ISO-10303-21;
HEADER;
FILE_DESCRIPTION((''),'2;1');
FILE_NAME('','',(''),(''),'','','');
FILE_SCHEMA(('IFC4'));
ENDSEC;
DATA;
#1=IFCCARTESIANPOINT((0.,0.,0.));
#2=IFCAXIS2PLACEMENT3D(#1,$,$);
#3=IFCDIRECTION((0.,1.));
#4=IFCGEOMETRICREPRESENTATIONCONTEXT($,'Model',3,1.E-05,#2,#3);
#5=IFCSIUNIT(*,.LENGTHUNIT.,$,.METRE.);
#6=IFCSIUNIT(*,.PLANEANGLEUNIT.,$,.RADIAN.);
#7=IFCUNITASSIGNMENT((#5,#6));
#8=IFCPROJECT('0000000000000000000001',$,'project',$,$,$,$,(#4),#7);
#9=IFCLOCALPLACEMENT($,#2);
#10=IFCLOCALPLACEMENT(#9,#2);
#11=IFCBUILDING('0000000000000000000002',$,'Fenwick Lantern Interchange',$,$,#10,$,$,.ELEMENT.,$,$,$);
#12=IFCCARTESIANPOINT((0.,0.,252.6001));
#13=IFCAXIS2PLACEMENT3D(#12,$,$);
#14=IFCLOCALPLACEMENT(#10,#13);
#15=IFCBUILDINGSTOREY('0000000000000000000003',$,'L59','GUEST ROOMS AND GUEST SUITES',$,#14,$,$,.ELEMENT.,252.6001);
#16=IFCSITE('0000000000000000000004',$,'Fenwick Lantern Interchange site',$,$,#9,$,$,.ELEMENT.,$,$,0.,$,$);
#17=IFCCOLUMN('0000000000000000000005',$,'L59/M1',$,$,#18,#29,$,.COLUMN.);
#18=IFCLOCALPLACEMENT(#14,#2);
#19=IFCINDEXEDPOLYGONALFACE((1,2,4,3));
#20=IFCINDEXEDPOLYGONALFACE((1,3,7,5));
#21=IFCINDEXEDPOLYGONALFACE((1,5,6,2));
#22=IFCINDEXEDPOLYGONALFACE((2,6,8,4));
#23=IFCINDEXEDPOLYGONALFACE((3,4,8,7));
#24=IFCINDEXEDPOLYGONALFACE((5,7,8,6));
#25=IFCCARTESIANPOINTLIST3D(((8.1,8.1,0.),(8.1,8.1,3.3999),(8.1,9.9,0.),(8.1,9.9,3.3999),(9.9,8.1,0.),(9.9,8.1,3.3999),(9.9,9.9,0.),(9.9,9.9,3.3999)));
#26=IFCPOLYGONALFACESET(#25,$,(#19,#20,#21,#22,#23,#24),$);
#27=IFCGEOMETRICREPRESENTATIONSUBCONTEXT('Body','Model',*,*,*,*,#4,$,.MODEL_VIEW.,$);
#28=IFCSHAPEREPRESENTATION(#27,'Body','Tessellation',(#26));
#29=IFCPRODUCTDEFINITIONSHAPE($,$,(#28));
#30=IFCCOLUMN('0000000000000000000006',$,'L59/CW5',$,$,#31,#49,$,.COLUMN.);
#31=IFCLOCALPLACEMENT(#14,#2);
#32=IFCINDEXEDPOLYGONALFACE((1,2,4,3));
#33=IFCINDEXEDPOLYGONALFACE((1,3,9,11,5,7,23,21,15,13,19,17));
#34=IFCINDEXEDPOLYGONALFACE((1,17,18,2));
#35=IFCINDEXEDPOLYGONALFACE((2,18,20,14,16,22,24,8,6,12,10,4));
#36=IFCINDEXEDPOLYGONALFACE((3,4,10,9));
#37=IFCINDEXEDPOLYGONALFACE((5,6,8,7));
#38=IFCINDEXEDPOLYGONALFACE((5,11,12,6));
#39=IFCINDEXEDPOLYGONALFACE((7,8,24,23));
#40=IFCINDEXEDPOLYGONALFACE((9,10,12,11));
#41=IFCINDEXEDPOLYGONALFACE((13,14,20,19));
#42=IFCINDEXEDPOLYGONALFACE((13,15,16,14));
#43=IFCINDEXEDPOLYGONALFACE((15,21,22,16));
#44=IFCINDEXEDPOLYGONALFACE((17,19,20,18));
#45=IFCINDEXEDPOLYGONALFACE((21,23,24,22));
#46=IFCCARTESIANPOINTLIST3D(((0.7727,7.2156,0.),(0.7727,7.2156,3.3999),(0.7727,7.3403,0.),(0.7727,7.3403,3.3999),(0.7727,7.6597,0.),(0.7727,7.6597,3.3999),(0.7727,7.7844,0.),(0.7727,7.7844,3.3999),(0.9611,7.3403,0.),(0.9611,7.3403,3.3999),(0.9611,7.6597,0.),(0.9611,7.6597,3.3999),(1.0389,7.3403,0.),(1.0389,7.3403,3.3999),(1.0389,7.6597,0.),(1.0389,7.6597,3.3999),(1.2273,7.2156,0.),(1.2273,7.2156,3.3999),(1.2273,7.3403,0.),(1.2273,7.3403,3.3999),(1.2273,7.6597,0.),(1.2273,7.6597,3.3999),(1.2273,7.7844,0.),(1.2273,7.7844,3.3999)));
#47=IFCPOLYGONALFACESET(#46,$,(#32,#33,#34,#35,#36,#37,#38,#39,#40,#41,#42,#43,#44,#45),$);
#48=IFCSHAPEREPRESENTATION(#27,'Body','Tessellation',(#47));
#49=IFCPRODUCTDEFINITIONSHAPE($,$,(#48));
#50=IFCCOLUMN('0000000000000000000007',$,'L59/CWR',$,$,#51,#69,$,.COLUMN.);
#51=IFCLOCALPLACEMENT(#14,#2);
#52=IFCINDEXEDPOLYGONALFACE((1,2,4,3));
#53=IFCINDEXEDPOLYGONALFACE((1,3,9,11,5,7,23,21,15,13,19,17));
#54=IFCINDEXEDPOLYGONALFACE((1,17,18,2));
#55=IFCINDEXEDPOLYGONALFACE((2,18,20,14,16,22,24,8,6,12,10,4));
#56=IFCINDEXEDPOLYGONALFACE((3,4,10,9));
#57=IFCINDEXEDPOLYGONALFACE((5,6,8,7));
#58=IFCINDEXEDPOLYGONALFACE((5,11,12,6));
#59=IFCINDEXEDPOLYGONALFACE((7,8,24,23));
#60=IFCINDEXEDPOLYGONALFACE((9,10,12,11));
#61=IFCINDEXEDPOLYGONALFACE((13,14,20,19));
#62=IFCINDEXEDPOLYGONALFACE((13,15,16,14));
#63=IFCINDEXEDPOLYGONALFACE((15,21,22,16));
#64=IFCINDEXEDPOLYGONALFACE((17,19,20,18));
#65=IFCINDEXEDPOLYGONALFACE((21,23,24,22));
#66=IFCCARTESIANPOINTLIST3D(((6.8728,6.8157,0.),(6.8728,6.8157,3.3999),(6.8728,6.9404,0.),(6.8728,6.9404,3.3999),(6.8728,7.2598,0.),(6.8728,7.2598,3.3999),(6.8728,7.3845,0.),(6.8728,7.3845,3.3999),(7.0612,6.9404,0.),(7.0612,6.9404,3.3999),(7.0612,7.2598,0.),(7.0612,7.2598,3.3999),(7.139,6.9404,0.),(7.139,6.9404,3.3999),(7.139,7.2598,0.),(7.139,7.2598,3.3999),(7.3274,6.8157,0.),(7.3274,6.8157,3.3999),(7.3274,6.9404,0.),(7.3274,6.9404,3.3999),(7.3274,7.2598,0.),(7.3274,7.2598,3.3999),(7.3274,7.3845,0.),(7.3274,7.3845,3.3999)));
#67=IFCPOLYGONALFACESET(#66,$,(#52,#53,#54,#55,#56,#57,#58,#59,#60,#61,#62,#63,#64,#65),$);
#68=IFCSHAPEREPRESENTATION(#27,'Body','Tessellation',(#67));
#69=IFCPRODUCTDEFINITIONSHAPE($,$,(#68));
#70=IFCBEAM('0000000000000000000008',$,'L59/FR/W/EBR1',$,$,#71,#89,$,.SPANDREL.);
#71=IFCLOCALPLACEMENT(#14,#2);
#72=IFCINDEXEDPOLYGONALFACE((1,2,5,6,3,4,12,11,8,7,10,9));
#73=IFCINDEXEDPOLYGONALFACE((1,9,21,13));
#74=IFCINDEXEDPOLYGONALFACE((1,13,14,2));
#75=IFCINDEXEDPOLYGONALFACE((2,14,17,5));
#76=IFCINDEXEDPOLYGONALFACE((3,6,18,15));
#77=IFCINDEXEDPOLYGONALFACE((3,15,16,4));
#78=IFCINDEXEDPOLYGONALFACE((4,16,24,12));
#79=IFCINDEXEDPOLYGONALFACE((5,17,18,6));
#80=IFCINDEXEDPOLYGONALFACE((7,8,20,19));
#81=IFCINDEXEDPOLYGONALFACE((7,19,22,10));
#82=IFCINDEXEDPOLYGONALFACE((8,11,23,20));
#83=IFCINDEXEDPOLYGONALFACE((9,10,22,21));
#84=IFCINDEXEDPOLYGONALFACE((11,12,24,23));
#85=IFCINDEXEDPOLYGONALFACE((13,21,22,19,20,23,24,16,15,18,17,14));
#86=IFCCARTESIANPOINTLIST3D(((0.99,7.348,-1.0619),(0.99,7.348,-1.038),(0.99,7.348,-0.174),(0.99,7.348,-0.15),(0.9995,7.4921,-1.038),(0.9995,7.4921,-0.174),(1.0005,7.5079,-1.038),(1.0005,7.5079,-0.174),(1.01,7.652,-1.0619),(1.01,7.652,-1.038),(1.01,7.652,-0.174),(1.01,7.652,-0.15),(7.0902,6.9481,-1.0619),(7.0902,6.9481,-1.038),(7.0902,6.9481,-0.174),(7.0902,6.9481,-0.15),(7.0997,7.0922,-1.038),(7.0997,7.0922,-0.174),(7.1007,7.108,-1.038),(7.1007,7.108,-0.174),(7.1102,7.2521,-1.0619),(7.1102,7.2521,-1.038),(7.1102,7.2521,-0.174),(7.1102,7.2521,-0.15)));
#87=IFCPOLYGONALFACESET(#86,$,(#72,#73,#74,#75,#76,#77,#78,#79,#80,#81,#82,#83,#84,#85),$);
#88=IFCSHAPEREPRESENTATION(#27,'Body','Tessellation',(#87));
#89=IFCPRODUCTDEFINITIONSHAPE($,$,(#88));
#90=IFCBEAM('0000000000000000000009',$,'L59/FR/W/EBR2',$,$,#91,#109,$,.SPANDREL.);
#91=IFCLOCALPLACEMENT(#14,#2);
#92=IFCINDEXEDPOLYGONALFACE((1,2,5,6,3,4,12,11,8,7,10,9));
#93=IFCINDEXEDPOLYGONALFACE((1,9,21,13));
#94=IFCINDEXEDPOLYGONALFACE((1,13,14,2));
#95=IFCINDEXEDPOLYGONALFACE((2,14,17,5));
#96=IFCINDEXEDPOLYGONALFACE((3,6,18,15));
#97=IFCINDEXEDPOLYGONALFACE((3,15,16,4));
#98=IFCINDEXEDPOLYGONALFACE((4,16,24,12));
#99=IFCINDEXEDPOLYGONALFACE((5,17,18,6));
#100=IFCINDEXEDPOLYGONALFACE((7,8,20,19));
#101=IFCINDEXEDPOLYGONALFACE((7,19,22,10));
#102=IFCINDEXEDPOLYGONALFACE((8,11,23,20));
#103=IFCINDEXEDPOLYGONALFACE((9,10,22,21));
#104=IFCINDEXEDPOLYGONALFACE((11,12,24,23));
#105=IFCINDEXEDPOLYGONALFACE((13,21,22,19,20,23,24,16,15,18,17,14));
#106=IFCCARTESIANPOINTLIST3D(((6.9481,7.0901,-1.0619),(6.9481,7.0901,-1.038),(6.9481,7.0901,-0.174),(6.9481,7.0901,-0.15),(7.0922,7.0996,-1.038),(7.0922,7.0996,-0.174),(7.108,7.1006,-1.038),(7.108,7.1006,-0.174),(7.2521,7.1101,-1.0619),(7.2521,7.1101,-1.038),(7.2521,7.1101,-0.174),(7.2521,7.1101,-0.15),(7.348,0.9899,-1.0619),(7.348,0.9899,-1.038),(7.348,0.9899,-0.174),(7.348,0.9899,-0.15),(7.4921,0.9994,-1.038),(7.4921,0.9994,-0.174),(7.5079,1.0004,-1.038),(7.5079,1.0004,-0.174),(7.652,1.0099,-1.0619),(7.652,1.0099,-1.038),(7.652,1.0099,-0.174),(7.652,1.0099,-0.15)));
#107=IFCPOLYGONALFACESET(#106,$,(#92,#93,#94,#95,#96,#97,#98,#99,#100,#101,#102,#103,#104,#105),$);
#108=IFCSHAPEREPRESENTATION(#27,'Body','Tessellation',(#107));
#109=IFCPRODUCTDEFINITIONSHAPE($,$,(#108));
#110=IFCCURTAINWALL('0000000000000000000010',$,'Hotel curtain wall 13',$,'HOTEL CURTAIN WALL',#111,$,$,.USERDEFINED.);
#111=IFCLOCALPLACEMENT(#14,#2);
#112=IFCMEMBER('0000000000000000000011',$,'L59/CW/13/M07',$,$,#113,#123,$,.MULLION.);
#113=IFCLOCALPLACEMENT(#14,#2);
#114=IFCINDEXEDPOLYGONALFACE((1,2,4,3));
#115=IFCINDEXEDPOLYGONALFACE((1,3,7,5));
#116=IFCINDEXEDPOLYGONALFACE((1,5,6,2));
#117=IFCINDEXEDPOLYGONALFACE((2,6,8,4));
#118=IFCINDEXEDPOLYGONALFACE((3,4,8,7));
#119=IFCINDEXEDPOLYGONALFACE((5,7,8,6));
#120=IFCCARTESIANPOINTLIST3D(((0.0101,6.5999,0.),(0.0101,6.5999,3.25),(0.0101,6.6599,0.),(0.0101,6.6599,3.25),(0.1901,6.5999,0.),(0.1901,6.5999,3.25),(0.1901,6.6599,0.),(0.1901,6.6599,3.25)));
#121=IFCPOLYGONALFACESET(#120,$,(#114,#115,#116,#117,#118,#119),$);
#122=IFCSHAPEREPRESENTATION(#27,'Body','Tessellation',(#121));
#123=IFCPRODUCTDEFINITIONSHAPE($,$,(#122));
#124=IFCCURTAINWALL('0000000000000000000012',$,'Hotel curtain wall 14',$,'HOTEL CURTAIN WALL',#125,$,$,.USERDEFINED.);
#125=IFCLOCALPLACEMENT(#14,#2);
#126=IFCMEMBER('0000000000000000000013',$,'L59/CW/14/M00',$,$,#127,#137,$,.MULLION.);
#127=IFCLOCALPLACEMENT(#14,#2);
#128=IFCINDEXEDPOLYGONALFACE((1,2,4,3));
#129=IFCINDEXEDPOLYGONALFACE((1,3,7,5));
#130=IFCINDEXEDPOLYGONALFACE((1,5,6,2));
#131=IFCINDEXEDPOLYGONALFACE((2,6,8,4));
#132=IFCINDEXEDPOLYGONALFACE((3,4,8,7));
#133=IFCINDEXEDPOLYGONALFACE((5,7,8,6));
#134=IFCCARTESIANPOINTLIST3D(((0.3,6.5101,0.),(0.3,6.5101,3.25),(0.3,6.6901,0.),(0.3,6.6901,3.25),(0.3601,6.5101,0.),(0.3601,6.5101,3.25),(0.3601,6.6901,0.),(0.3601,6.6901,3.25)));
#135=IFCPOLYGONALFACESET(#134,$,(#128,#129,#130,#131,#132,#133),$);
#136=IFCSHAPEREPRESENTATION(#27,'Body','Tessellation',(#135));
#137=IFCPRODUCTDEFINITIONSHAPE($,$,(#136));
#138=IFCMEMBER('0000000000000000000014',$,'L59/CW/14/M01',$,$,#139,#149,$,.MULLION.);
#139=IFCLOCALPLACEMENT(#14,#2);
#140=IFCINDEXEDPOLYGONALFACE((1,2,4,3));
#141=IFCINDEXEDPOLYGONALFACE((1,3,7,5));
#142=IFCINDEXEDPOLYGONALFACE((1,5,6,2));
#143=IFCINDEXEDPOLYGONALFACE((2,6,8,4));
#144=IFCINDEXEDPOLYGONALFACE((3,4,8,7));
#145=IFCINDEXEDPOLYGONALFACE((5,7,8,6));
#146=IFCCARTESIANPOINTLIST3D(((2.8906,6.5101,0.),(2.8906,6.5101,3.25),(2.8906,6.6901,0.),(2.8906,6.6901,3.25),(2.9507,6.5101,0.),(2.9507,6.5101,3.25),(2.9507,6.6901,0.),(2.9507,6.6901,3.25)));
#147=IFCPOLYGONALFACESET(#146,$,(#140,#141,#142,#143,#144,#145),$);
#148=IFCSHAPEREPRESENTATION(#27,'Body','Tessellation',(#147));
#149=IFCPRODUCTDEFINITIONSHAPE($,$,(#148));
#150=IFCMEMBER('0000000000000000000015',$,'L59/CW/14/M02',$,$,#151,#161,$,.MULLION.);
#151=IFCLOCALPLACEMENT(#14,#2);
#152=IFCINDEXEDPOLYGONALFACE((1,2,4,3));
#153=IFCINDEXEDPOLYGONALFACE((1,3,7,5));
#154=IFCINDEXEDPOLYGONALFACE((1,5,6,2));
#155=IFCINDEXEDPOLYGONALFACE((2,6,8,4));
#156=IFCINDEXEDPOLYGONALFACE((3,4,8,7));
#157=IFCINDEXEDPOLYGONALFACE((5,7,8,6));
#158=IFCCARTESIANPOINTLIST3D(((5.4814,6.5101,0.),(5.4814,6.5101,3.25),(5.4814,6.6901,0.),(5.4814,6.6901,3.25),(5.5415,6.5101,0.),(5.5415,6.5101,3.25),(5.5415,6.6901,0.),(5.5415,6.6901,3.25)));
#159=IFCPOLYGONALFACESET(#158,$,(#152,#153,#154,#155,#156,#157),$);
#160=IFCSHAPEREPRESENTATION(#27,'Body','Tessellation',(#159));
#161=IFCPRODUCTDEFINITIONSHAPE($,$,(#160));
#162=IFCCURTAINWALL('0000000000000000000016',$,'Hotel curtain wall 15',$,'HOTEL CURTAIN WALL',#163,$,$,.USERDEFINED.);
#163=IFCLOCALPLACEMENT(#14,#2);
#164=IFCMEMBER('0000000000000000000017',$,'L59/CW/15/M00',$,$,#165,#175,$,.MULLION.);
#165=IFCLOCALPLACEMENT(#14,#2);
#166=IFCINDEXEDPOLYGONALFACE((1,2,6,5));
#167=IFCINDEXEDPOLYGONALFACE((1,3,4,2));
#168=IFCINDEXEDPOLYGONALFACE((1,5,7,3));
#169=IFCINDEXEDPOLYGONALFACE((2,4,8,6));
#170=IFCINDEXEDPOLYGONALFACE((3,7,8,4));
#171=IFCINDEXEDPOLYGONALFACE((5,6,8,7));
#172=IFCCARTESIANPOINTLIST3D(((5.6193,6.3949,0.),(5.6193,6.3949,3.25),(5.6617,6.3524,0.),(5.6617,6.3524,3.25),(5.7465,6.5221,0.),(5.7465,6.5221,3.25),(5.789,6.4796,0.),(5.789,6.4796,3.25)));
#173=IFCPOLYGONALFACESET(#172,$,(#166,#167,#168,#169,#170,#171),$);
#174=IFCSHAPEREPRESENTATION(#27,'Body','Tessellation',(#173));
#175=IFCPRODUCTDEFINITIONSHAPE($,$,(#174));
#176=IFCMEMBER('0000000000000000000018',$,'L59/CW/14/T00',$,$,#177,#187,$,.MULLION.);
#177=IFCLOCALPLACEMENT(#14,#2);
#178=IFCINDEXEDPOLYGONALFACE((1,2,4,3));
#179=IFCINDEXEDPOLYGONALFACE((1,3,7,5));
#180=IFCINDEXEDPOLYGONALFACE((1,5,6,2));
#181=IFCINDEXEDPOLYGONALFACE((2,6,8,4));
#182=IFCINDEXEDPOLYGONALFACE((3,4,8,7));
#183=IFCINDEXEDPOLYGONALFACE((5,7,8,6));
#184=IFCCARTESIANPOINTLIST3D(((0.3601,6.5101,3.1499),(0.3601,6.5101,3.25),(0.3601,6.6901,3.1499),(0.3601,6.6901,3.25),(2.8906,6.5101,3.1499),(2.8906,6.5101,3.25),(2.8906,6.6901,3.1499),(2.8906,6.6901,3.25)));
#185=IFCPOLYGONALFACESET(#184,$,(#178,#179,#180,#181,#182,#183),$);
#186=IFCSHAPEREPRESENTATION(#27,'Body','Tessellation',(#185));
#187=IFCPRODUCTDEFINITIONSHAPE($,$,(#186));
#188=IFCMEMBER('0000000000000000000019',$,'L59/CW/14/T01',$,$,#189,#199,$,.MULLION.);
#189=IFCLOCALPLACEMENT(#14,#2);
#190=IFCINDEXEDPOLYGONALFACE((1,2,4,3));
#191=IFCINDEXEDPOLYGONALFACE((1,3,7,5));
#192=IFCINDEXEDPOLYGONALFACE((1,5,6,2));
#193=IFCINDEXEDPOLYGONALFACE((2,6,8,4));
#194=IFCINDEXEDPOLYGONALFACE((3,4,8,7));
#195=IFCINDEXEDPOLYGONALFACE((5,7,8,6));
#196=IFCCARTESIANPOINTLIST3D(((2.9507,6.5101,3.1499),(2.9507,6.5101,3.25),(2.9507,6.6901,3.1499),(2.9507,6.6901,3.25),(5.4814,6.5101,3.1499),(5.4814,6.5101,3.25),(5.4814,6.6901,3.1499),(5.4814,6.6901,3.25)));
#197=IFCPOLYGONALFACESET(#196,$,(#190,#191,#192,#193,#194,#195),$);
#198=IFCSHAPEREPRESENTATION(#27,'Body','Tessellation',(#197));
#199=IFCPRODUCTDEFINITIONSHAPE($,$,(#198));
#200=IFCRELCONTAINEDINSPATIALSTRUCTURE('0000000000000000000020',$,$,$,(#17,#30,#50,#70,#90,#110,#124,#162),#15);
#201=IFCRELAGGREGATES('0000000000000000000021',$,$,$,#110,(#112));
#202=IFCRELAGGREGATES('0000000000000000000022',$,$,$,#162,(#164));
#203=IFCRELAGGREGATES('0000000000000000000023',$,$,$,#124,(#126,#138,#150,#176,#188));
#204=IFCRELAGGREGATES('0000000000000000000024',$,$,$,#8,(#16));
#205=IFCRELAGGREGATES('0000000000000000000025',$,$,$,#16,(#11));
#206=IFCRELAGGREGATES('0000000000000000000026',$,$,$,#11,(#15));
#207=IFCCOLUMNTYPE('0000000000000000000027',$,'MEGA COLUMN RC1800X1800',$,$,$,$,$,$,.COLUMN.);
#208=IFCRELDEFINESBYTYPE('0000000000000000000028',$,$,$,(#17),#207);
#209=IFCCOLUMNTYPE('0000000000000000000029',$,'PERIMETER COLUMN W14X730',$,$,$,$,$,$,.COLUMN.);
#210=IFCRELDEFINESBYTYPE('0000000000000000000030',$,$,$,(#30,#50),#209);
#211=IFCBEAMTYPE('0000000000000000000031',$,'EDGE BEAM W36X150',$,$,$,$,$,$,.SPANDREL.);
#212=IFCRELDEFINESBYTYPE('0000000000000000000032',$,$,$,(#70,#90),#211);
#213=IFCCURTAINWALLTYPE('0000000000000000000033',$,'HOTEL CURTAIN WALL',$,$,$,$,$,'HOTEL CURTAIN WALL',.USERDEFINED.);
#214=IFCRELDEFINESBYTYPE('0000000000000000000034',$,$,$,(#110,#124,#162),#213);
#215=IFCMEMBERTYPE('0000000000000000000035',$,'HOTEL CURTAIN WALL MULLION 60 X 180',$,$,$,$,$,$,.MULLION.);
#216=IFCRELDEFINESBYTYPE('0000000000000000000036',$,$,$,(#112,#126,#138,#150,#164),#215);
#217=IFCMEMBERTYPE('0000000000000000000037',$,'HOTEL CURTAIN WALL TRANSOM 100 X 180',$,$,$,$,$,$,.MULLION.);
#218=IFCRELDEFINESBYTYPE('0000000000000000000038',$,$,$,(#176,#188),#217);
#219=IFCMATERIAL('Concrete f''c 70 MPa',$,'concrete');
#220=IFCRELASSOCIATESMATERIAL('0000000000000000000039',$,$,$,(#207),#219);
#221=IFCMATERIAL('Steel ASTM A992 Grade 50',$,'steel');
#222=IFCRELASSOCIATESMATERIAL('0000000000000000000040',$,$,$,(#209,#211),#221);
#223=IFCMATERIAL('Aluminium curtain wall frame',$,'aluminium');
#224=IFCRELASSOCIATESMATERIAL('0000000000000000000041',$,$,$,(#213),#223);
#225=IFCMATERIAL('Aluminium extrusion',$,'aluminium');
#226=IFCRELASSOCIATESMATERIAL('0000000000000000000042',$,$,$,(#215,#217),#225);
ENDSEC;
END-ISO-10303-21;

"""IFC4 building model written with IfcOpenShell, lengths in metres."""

from ifc_helpers import new_model, si_unit, direction, frame, origin, origin_2d, place, context, subcontext, project, spatial, rectangle, i_section, extrude, material, material_profile, profile_set, type_object, element, aggregate, save


model = new_model("IFC4")

# Units and contexts
model_context = context("Model", 3, precision=1e-05, world=origin(), true_north=direction((0.0, 1.0)))
body_context = subcontext(model_context, "Body", "Model", "MODEL_VIEW")
ifc_project = project(units=[si_unit("LENGTHUNIT", "METRE"), si_unit("PLANEANGLEUNIT", "RADIAN")], contexts=[model_context])

# Site, building, storey
site_placement = place(None, origin())
site = spatial("IfcSite", under=ifc_project, at=site_placement, Name="Fenwick Lantern Interchange site", CompositionType="ELEMENT", RefElevation=0.0)
building_placement = place(site_placement, origin())
building = spatial("IfcBuilding", under=site, at=building_placement, Name="Fenwick Lantern Interchange", CompositionType="ELEMENT")
storey_placement = place(building_placement, frame((0.0, 0.0, 252.6001)))
storey = spatial("IfcBuildingStorey", under=building, at=storey_placement, Name="L59", Description="GUEST ROOMS AND GUEST SUITES", CompositionType="ELEMENT", Elevation=252.6001)

# Columns
ifc_material_1 = material(Name="Concrete f'c 70 MPa", Category="concrete")
ifc_material_profile_1 = material_profile(ifc_material_1, rectangle(XDim=1.8, YDim=1.8, at=origin_2d()), Name="RC1800X1800")
ifc_profile_set_1 = profile_set([ifc_material_profile_1], Name="Concrete f'c 70 MPa")
column_type_1 = type_object("IfcColumnType", Name="MEGA COLUMN RC1800X1800", PredefinedType="COLUMN", material=ifc_profile_set_1)
column_placement = place(storey_placement, frame((9.0, 9.0, 0.0), z_axis=(0.0, 0.0, 1.0), x_axis=(1.0, 0.0, 0.0)))
element("IfcColumn", 1, at=column_placement, inside=storey, type_object=column_type_1, Name="L59/M1", PredefinedType="COLUMN", context=body_context, shape_type="SweptSolid", body=[
    extrude(rectangle(XDim=1.8, YDim=1.8, at=origin_2d()), origin(), (0.0, 0.0, 1.0), 3.3999),
])
ifc_material_2 = material(Name="Steel ASTM A992 Grade 50", Category="steel")
ifc_material_profile_2 = material_profile(ifc_material_2, i_section(OverallWidth=0.4546, OverallDepth=0.5688, WebThickness=0.0779, FlangeThickness=0.1248, at=origin_2d()), Name="W14X730")
ifc_profile_set_2 = profile_set([ifc_material_profile_2], Name="Steel ASTM A992 Grade 50")
column_type_2 = type_object("IfcColumnType", Name="PERIMETER COLUMN W14X730", PredefinedType="COLUMN", material=ifc_profile_set_2)
for number, where, z_axis, x_axis, name in (
    (2, (1.0, 7.5, 0.0), (0.0, 0.0, 1.0), (1.0, 0.0, 0.0), "L59/CW5"),
    (3, (7.1001, 7.1001, 0.0), (0.0, 0.0, 1.0), (1.0, 0.0, 0.0), "L59/CWR"),
):
    element("IfcColumn", number, at=place(storey_placement, frame(where, z_axis=z_axis, x_axis=x_axis)), inside=storey, type_object=column_type_2, Name=name, PredefinedType="COLUMN", context=body_context, shape_type="SweptSolid", body=[
        extrude(i_section(OverallWidth=0.4546, OverallDepth=0.5688, WebThickness=0.0779, FlangeThickness=0.1248, at=origin_2d()), origin(), (0.0, 0.0, 1.0), 3.3999),
    ])

# Beams
ifc_material_profile_3 = material_profile(ifc_material_2, i_section(OverallWidth=0.3047, OverallDepth=0.9119, WebThickness=0.0159, FlangeThickness=0.0239, at=origin_2d()), Name="W36X150")
ifc_profile_set_3 = profile_set([ifc_material_profile_3], Name="Steel ASTM A992 Grade 50")
beam_type_1 = type_object("IfcBeamType", Name="EDGE BEAM W36X150", PredefinedType="SPANDREL", material=ifc_profile_set_3)
for number, where, z_axis, x_axis, name in (
    (4, (1.0, 7.5, -0.606), (0.997858, -0.065416, 0.0), (0.065416, 0.997858, 0.0), "L59/FR/W/EBR1"),
    (5, (7.1001, 7.1001, -0.606), (0.065416, -0.997858, 0.0), (0.997858, 0.065416, 0.0), "L59/FR/W/EBR2"),
):
    element("IfcBeam", number, at=place(storey_placement, frame(where, z_axis=z_axis, x_axis=x_axis)), inside=storey, type_object=beam_type_1, Name=name, PredefinedType="SPANDREL", context=body_context, shape_type="SweptSolid", body=[
        extrude(i_section(OverallWidth=0.3047, OverallDepth=0.9119, WebThickness=0.0159, FlangeThickness=0.0239, at=origin_2d()), origin(), (0.0, 0.0, 1.0), 6.1133),
    ])

# Curtain wall, member
ifc_material_3 = material(Name="Aluminium curtain wall frame", Category="aluminium")
curtain_wall_type = type_object("IfcCurtainWallType", Name="HOTEL CURTAIN WALL", ElementType="HOTEL CURTAIN WALL", PredefinedType="USERDEFINED", material=ifc_material_3)
curtain_wall_1_placement = place(storey_placement, origin())
curtain_wall_1 = element("IfcCurtainWall", 6, at=curtain_wall_1_placement, inside=storey, type_object=curtain_wall_type, Name="Hotel curtain wall 13", ObjectType="HOTEL CURTAIN WALL", PredefinedType="USERDEFINED")
ifc_material_4 = material(Name="Aluminium extrusion", Category="aluminium")
ifc_material_profile_4 = material_profile(ifc_material_4, rectangle(XDim=0.1799, YDim=0.0601, at=origin_2d()), Name="HOTEL CURTAIN WALL MULLION 60 X 180")
ifc_profile_set_4 = profile_set([ifc_material_profile_4], Name="Aluminium extrusion")
member_type_1 = type_object("IfcMemberType", Name="HOTEL CURTAIN WALL MULLION 60 X 180", PredefinedType="MULLION", material=ifc_profile_set_4)
member_1_placement = place(storey_placement, frame((0.1001, 6.6299, 0.0), z_axis=(0.0, 0.0, 1.0), x_axis=(1.0, 0.0, 0.0)))
member_1 = element("IfcMember", 7, at=member_1_placement, type_object=member_type_1, Name="L59/CW/13/M07", PredefinedType="MULLION", context=body_context, shape_type="SweptSolid", body=[
    extrude(rectangle(XDim=0.1799, YDim=0.0601, at=origin_2d()), origin(), (0.0, 0.0, 1.0), 3.25),
])
aggregate(curtain_wall_1, [member_1])

# Curtain wall, members
curtain_wall_2_placement = place(storey_placement, origin())
curtain_wall_2 = element("IfcCurtainWall", 8, at=curtain_wall_2_placement, inside=storey, type_object=curtain_wall_type, Name="Hotel curtain wall 14", ObjectType="HOTEL CURTAIN WALL", PredefinedType="USERDEFINED")
member_2_placement = place(storey_placement, frame((0.3301, 6.6001, 0.0), z_axis=(0.0, 0.0, 1.0), x_axis=(0.0, 1.0, 0.0)))
member_2 = element("IfcMember", 9, at=member_2_placement, type_object=member_type_1, Name="L59/CW/14/M00", PredefinedType="MULLION", context=body_context, shape_type="SweptSolid", body=[
    extrude(rectangle(XDim=0.1799, YDim=0.0601, at=origin_2d()), origin(), (0.0, 0.0, 1.0), 3.25),
])
member_3_placement = place(storey_placement, frame((2.9207, 6.6001, 0.0), z_axis=(0.0, 0.0, 1.0), x_axis=(0.0, 1.0, 0.0)))
member_3 = element("IfcMember", 10, at=member_3_placement, type_object=member_type_1, Name="L59/CW/14/M01", PredefinedType="MULLION", context=body_context, shape_type="SweptSolid", body=[
    extrude(rectangle(XDim=0.1799, YDim=0.0601, at=origin_2d()), origin(), (0.0, 0.0, 1.0), 3.25),
])
member_4_placement = place(storey_placement, frame((5.5115, 6.6001, 0.0), z_axis=(0.0, 0.0, 1.0), x_axis=(0.0, 1.0, 0.0)))
member_4 = element("IfcMember", 11, at=member_4_placement, type_object=member_type_1, Name="L59/CW/14/M02", PredefinedType="MULLION", context=body_context, shape_type="SweptSolid", body=[
    extrude(rectangle(XDim=0.1799, YDim=0.0601, at=origin_2d()), origin(), (0.0, 0.0, 1.0), 3.25),
])

# Curtain wall, member
curtain_wall_3_placement = place(storey_placement, origin())
curtain_wall_3 = element("IfcCurtainWall", 12, at=curtain_wall_3_placement, inside=storey, type_object=curtain_wall_type, Name="Hotel curtain wall 15", ObjectType="HOTEL CURTAIN WALL", PredefinedType="USERDEFINED")
member_5_placement = place(storey_placement, frame((5.7041, 6.4373, 0.0), z_axis=(0.0, 0.0, 1.0), x_axis=(0.707107, 0.707107, 0.0)))
member_5 = element("IfcMember", 13, at=member_5_placement, type_object=member_type_1, Name="L59/CW/15/M00", PredefinedType="MULLION", context=body_context, shape_type="SweptSolid", body=[
    extrude(rectangle(XDim=0.1799, YDim=0.0601, at=origin_2d()), origin(), (0.0, 0.0, 1.0), 3.25),
])

# Members
ifc_material_profile_5 = material_profile(ifc_material_4, rectangle(XDim=0.1799, YDim=0.1001, at=origin_2d()), Name="HOTEL CURTAIN WALL TRANSOM 100 X 180")
ifc_profile_set_5 = profile_set([ifc_material_profile_5], Name="Aluminium extrusion")
member_type_2 = type_object("IfcMemberType", Name="HOTEL CURTAIN WALL TRANSOM 100 X 180", PredefinedType="MULLION", material=ifc_profile_set_5)
member_6_placement = place(storey_placement, frame((0.3601, 6.6001, 3.2), z_axis=(1.0, 0.0, 0.0), x_axis=(0.0, 1.0, 0.0)))
member_6 = element("IfcMember", 14, at=member_6_placement, type_object=member_type_2, Name="L59/CW/14/T00", PredefinedType="MULLION", context=body_context, shape_type="SweptSolid", body=[
    extrude(rectangle(XDim=0.1799, YDim=0.1001, at=origin_2d()), origin(), (0.0, 0.0, 1.0), 2.5305),
])
member_7_placement = place(storey_placement, frame((2.9507, 6.6001, 3.2), z_axis=(1.0, 0.0, 0.0), x_axis=(0.0, 1.0, 0.0)))
member_7 = element("IfcMember", 15, at=member_7_placement, type_object=member_type_2, Name="L59/CW/14/T01", PredefinedType="MULLION", context=body_context, shape_type="SweptSolid", body=[
    extrude(rectangle(XDim=0.1799, YDim=0.1001, at=origin_2d()), origin(), (0.0, 0.0, 1.0), 2.5308),
])
aggregate(curtain_wall_3, [member_5])

aggregate(curtain_wall_2, [member_2, member_3, member_4, member_6, member_7])

save(model, "model.ifc")
